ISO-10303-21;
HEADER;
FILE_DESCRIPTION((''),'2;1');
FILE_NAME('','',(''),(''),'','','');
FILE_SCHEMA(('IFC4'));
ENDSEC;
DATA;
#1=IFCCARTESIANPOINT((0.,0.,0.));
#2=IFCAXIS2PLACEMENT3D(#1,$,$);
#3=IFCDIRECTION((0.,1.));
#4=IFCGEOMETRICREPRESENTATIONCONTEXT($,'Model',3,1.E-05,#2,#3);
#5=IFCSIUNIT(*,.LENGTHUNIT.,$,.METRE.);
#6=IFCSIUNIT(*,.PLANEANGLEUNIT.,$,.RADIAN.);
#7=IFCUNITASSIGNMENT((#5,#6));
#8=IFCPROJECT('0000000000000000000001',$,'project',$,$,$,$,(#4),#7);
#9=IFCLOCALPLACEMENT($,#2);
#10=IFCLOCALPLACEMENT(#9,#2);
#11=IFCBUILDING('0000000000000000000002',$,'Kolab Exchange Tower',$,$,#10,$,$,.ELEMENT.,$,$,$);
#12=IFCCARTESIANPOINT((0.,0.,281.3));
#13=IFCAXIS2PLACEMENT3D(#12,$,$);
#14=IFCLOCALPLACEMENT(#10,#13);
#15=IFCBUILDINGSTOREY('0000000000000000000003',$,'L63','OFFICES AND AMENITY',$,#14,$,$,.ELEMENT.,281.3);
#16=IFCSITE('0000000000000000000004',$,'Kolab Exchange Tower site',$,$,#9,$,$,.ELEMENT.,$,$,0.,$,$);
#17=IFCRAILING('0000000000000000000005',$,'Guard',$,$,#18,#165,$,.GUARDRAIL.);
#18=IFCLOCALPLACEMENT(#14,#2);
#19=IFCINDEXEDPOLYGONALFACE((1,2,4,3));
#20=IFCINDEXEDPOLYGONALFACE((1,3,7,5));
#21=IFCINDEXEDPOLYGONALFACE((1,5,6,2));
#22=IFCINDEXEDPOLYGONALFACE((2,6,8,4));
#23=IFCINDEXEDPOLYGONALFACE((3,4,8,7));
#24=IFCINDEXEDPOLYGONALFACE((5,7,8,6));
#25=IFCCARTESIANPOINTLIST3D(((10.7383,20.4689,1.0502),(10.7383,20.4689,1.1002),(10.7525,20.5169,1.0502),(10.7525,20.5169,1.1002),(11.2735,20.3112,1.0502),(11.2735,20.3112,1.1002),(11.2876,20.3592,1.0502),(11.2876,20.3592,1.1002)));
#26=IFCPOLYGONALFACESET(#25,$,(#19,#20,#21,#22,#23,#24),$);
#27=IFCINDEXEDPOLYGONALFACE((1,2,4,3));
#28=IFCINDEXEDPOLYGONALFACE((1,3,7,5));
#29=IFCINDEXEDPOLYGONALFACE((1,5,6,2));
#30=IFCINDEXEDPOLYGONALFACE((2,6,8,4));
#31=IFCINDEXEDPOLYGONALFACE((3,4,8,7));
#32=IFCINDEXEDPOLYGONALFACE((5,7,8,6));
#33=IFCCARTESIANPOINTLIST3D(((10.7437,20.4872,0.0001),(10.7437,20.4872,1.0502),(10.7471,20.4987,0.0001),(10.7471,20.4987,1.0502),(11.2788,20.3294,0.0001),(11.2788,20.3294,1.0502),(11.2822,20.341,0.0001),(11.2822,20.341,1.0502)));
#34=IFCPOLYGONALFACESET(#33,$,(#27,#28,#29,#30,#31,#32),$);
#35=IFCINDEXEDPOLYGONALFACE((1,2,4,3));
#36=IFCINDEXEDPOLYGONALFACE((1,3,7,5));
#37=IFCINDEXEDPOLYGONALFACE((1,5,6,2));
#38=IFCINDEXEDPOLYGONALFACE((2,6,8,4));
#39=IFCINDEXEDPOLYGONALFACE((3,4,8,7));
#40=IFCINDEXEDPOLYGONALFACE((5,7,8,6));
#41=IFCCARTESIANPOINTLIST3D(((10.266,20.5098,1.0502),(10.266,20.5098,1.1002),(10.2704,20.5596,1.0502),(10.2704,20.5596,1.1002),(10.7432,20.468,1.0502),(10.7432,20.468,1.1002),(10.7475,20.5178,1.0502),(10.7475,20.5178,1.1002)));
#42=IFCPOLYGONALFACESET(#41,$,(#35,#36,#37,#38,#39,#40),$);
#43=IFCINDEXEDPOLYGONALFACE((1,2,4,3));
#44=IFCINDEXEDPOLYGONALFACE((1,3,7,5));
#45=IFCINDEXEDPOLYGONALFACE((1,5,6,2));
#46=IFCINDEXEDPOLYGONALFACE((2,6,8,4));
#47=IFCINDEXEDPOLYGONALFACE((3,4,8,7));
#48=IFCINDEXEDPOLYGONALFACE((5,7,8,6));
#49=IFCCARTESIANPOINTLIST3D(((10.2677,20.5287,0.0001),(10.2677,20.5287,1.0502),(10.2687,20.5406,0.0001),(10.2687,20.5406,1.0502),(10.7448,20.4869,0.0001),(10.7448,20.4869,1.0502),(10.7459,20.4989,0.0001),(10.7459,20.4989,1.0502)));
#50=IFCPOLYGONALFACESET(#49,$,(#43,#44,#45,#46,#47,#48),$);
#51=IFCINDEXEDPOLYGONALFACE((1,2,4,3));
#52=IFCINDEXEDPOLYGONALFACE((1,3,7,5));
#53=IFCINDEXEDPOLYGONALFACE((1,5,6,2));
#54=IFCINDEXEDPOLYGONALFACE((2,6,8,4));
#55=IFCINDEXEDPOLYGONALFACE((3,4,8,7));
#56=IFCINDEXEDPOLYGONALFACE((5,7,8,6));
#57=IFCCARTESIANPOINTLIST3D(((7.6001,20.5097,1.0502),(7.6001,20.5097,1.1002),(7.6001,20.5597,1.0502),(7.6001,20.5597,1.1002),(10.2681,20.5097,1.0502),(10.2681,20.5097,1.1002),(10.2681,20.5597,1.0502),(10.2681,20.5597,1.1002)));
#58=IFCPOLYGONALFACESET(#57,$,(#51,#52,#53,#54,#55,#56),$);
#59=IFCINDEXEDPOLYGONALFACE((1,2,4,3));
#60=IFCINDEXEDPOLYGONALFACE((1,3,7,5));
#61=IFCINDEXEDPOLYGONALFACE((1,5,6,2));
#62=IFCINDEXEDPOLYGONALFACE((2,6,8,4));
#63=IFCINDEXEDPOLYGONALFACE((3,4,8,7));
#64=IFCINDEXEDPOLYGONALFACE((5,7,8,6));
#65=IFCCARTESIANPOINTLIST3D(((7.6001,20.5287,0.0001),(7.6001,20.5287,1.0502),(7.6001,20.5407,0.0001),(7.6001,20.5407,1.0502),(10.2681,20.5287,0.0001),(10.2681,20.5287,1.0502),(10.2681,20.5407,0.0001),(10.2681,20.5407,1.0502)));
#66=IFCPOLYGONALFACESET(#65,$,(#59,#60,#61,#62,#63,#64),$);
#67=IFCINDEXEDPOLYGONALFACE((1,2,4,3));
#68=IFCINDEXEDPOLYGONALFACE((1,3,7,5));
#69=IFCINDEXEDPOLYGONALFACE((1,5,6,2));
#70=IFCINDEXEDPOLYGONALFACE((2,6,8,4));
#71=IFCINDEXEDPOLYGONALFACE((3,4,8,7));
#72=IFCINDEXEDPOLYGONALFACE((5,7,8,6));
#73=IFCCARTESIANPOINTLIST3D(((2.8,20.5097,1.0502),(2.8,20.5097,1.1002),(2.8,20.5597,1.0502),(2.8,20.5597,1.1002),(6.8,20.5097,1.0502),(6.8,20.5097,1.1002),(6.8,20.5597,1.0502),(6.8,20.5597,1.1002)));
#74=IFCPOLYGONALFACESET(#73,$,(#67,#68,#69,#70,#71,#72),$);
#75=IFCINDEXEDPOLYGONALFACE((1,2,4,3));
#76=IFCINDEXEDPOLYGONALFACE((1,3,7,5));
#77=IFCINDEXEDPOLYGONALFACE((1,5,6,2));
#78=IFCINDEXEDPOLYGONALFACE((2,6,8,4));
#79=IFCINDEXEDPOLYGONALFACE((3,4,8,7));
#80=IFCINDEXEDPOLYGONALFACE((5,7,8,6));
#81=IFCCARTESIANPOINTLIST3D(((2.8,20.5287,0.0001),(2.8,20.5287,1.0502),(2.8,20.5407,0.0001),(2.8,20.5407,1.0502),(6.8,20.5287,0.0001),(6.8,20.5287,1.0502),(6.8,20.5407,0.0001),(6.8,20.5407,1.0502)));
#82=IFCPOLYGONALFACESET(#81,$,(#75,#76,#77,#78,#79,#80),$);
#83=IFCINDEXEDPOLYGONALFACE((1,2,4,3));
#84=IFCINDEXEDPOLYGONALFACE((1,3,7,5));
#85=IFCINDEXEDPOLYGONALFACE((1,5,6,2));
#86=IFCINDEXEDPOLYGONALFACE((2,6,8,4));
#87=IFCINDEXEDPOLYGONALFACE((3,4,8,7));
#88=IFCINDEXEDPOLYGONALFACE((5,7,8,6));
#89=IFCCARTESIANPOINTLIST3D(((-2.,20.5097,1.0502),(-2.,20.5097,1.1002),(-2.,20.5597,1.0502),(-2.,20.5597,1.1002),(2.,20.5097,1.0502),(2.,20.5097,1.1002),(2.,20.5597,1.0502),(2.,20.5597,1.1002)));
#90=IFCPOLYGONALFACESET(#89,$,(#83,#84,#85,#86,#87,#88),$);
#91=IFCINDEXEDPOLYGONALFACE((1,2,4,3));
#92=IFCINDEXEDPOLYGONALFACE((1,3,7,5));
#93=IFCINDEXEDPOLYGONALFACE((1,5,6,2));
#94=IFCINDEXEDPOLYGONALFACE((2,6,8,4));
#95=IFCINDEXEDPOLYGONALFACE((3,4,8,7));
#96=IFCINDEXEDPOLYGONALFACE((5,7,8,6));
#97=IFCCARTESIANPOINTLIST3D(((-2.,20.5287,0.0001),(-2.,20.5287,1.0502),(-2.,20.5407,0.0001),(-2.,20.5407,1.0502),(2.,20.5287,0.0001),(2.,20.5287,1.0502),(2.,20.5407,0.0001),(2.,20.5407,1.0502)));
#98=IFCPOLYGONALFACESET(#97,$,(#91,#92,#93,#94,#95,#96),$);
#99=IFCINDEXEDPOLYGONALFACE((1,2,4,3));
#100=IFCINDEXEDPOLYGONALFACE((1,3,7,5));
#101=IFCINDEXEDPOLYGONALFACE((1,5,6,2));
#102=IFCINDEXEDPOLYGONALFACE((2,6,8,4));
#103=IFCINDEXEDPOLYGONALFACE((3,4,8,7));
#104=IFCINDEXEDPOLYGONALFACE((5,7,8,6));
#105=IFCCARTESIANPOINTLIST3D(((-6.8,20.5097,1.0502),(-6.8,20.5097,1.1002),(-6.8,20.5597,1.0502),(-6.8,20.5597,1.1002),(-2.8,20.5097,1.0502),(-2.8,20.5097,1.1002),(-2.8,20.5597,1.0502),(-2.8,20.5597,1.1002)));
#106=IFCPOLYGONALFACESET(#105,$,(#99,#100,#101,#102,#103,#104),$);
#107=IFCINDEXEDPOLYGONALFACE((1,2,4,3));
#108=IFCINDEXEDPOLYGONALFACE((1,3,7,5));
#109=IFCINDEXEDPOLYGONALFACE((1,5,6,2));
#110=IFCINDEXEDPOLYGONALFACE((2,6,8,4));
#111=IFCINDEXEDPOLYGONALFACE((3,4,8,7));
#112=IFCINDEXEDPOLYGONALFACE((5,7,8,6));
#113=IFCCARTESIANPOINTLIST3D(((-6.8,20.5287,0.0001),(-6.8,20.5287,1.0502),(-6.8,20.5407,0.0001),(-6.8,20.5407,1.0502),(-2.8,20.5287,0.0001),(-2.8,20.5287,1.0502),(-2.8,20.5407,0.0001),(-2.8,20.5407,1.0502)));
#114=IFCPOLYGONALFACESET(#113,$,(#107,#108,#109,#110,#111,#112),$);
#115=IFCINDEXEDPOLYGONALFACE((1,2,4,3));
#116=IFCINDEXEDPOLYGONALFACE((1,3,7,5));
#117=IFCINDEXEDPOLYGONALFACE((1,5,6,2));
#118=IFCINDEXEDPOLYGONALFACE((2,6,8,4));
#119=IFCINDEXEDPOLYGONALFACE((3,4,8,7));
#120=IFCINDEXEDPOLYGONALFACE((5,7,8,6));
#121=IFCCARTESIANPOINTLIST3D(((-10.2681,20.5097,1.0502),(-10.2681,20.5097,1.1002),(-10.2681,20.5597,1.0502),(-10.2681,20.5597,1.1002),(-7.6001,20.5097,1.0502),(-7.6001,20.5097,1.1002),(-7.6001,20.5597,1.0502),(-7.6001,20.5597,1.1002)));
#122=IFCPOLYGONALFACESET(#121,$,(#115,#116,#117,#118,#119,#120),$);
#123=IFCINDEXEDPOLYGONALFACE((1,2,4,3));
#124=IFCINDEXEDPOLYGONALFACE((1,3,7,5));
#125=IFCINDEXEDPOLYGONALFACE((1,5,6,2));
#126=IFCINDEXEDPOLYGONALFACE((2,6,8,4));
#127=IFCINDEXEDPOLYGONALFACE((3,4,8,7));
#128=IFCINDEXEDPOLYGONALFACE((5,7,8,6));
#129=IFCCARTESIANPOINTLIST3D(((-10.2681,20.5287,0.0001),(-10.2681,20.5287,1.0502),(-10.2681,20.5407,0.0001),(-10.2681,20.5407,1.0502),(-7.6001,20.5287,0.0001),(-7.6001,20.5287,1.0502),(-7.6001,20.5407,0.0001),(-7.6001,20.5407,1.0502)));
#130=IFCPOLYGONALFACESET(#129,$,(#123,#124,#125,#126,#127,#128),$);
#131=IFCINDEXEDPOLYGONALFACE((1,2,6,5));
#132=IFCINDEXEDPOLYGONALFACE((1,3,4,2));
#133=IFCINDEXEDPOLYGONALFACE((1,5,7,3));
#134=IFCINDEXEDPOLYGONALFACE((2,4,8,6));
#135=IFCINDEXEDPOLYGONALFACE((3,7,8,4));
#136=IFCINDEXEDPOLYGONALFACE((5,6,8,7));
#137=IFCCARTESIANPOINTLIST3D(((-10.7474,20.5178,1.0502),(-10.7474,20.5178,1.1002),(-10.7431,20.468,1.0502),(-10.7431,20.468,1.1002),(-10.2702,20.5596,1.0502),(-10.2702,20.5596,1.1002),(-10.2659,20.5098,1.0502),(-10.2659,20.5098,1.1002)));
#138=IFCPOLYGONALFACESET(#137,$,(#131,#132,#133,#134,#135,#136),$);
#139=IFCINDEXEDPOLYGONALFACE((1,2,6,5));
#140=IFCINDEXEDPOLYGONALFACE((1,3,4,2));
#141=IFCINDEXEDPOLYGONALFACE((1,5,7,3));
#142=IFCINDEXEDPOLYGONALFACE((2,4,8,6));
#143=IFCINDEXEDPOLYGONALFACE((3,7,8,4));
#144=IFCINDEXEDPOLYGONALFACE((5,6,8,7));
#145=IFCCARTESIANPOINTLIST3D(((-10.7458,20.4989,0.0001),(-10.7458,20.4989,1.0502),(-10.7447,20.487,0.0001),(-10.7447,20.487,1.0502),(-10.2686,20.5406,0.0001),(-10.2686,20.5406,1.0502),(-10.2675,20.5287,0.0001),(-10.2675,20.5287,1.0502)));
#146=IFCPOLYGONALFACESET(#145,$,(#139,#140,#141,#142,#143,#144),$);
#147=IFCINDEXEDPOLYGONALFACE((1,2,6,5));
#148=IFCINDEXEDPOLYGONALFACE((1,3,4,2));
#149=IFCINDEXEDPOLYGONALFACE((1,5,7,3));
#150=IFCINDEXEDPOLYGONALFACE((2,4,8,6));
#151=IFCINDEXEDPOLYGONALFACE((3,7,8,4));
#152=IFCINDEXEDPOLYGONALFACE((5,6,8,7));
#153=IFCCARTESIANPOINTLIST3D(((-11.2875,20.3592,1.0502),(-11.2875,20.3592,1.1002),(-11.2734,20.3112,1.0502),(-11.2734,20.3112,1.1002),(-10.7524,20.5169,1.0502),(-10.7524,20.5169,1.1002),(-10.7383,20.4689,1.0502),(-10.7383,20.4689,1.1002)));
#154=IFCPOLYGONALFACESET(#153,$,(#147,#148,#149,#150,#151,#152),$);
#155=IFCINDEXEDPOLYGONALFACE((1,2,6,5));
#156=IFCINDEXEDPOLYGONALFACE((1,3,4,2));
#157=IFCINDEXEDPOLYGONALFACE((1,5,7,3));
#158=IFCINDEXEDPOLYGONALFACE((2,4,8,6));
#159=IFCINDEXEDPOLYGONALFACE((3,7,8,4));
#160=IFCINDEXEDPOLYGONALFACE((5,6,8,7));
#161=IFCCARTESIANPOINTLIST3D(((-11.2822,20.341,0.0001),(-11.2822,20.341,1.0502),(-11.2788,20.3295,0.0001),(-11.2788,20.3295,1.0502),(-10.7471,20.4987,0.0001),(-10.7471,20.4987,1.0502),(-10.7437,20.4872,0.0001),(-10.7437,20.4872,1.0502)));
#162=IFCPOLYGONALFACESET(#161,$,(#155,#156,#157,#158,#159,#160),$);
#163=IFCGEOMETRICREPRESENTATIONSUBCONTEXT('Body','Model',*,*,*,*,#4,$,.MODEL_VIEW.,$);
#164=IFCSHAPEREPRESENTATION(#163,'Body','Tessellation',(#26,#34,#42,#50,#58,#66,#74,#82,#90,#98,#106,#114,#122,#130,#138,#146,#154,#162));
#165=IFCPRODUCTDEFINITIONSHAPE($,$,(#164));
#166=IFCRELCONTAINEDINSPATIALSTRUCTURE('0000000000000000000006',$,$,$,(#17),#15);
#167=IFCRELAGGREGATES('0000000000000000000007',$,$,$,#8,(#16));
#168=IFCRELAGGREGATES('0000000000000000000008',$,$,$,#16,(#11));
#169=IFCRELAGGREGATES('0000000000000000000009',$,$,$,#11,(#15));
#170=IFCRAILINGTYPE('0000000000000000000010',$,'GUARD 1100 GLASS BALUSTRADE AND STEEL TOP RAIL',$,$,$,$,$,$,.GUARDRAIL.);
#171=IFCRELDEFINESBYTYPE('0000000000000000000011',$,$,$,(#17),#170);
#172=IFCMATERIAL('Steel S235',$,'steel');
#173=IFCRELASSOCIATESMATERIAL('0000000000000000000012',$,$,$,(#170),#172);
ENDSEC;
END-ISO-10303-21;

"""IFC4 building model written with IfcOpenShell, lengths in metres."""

from ifc_helpers import new_model, si_unit, direction, frame, frame_2d, origin, origin_2d, place, context, subcontext, project, spatial, rectangle, extrude, material, type_object, element, save


model = new_model("IFC4")

# Units and contexts
model_context = context("Model", 3, precision=1e-05, world=origin(), true_north=direction((0.0, 1.0)))
body_context = subcontext(model_context, "Body", "Model", "MODEL_VIEW")
ifc_project = project(units=[si_unit("LENGTHUNIT", "METRE"), si_unit("PLANEANGLEUNIT", "RADIAN")], contexts=[model_context])

# Site, building, storey
site_placement = place(None, origin())
site = spatial("IfcSite", under=ifc_project, at=site_placement, Name="Kolab Exchange Tower site", CompositionType="ELEMENT", RefElevation=0.0)
building_placement = place(site_placement, origin())
building = spatial("IfcBuilding", under=site, at=building_placement, Name="Kolab Exchange Tower", CompositionType="ELEMENT")
storey_placement = place(building_placement, frame((0.0, 0.0, 281.3)))
storey = spatial("IfcBuildingStorey", under=building, at=storey_placement, Name="L63", Description="OFFICES AND AMENITY", CompositionType="ELEMENT", Elevation=281.3)

# Shared definitions
ifc_material_1 = material(Name="Steel S235", Category="steel")

# Railing
railing_type = type_object("IfcRailingType", Name="GUARD 1100 GLASS BALUSTRADE AND STEEL TOP RAIL", PredefinedType="GUARDRAIL", material=ifc_material_1)
railing_placement = place(storey_placement, frame((11.2805, 20.3352, 0.0)))
element("IfcRailing", 1, at=railing_placement, inside=storey, type_object=railing_type, Name="Guard", PredefinedType="GUARDRAIL", context=body_context, shape_type="SweptSolid", body=[
    extrude(rectangle(XDim=0.05, YDim=0.05, at=origin_2d()), frame((0.0, 0.0, 1.0752), z_axis=(-0.959212, 0.282687, 0.0), x_axis=(-0.282687, -0.959212, 0.0)), (0.0, 0.0, 1.0), 0.5579),
    extrude(rectangle(XDim=0.012, YDim=1.0501, at=frame_2d((0.0, 0.5251))), frame((0.0, 0.0, 0.0), z_axis=(-0.959212, 0.282687, 0.0), x_axis=(-0.282687, -0.959212, 0.0)), (0.0, 0.0, 1.0), 0.5579),
    extrude(rectangle(XDim=0.05, YDim=0.05, at=origin_2d()), frame((-0.5352, 0.1577, 1.0752), z_axis=(-0.996196, 0.087135, 0.0), x_axis=(-0.087135, -0.996196, 0.0)), (0.0, 0.0, 1.0), 0.479),
    extrude(rectangle(XDim=0.012, YDim=1.0501, at=frame_2d((0.0, 0.5251))), frame((-0.5352, 0.1577, 0.0), z_axis=(-0.996196, 0.087135, 0.0), x_axis=(-0.087135, -0.996196, 0.0)), (0.0, 0.0, 1.0), 0.479),
    extrude(rectangle(XDim=0.05, YDim=0.05, at=origin_2d()), frame((-1.0125, 0.1995, 1.0752), z_axis=(-1.0, 0.0, 0.0), x_axis=(0.0, -1.0, 0.0)), (0.0, 0.0, 1.0), 2.668),
    extrude(rectangle(XDim=0.012, YDim=1.0501, at=frame_2d((0.0, 0.5251))), frame((-1.0125, 0.1995, 0.0), z_axis=(-1.0, 0.0, 0.0), x_axis=(0.0, -1.0, 0.0)), (0.0, 0.0, 1.0), 2.668),
    extrude(rectangle(XDim=0.05, YDim=0.05, at=origin_2d()), frame((-4.4805, 0.1995, 1.0752), z_axis=(-1.0, 0.0, 0.0), x_axis=(0.0, -1.0, 0.0)), (0.0, 0.0, 1.0), 4.0),
    extrude(rectangle(XDim=0.012, YDim=1.0501, at=frame_2d((0.0, 0.5251))), frame((-4.4805, 0.1995, 0.0), z_axis=(-1.0, 0.0, 0.0), x_axis=(0.0, -1.0, 0.0)), (0.0, 0.0, 1.0), 4.0),
    extrude(rectangle(XDim=0.05, YDim=0.05, at=origin_2d()), frame((-9.2805, 0.1995, 1.0752), z_axis=(-1.0, 0.0, 0.0), x_axis=(0.0, -1.0, 0.0)), (0.0, 0.0, 1.0), 4.0),
    extrude(rectangle(XDim=0.012, YDim=1.0501, at=frame_2d((0.0, 0.5251))), frame((-9.2805, 0.1995, 0.0), z_axis=(-1.0, 0.0, 0.0), x_axis=(0.0, -1.0, 0.0)), (0.0, 0.0, 1.0), 4.0),
    extrude(rectangle(XDim=0.05, YDim=0.05, at=origin_2d()), frame((-14.0806, 0.1995, 1.0752), z_axis=(-1.0, 0.0, 0.0), x_axis=(0.0, -1.0, 0.0)), (0.0, 0.0, 1.0), 4.0),
    extrude(rectangle(XDim=0.012, YDim=1.0501, at=frame_2d((0.0, 0.5251))), frame((-14.0806, 0.1995, 0.0), z_axis=(-1.0, 0.0, 0.0), x_axis=(0.0, -1.0, 0.0)), (0.0, 0.0, 1.0), 4.0),
    extrude(rectangle(XDim=0.05, YDim=0.05, at=origin_2d()), frame((-18.8806, 0.1995, 1.0752), z_axis=(-1.0, 0.0, 0.0), x_axis=(0.0, -1.0, 0.0)), (0.0, 0.0, 1.0), 2.668),
    extrude(rectangle(XDim=0.012, YDim=1.0501, at=frame_2d((0.0, 0.5251))), frame((-18.8806, 0.1995, 0.0), z_axis=(-1.0, 0.0, 0.0), x_axis=(0.0, -1.0, 0.0)), (0.0, 0.0, 1.0), 2.668),
    extrude(rectangle(XDim=0.05, YDim=0.05, at=origin_2d()), frame((-21.5486, 0.1995, 1.0752), z_axis=(-0.996196, -0.087135, 0.0), x_axis=(0.087135, -0.996196, 0.0)), (0.0, 0.0, 1.0), 0.479),
    extrude(rectangle(XDim=0.012, YDim=1.0501, at=frame_2d((0.0, 0.5251))), frame((-21.5486, 0.1995, 0.0), z_axis=(-0.996196, -0.087135, 0.0), x_axis=(0.087135, -0.996196, 0.0)), (0.0, 0.0, 1.0), 0.479),
    extrude(rectangle(XDim=0.05, YDim=0.05, at=origin_2d()), frame((-22.0259, 0.1577, 1.0752), z_axis=(-0.959212, -0.282687, 0.0), x_axis=(0.282687, -0.959212, 0.0)), (0.0, 0.0, 1.0), 0.5579),
    extrude(rectangle(XDim=0.012, YDim=1.0501, at=frame_2d((0.0, 0.5251))), frame((-22.0259, 0.1577, 0.0), z_axis=(-0.959212, -0.282687, 0.0), x_axis=(0.282687, -0.959212, 0.0)), (0.0, 0.0, 1.0), 0.5579),
])

save(model, "model.ifc")
